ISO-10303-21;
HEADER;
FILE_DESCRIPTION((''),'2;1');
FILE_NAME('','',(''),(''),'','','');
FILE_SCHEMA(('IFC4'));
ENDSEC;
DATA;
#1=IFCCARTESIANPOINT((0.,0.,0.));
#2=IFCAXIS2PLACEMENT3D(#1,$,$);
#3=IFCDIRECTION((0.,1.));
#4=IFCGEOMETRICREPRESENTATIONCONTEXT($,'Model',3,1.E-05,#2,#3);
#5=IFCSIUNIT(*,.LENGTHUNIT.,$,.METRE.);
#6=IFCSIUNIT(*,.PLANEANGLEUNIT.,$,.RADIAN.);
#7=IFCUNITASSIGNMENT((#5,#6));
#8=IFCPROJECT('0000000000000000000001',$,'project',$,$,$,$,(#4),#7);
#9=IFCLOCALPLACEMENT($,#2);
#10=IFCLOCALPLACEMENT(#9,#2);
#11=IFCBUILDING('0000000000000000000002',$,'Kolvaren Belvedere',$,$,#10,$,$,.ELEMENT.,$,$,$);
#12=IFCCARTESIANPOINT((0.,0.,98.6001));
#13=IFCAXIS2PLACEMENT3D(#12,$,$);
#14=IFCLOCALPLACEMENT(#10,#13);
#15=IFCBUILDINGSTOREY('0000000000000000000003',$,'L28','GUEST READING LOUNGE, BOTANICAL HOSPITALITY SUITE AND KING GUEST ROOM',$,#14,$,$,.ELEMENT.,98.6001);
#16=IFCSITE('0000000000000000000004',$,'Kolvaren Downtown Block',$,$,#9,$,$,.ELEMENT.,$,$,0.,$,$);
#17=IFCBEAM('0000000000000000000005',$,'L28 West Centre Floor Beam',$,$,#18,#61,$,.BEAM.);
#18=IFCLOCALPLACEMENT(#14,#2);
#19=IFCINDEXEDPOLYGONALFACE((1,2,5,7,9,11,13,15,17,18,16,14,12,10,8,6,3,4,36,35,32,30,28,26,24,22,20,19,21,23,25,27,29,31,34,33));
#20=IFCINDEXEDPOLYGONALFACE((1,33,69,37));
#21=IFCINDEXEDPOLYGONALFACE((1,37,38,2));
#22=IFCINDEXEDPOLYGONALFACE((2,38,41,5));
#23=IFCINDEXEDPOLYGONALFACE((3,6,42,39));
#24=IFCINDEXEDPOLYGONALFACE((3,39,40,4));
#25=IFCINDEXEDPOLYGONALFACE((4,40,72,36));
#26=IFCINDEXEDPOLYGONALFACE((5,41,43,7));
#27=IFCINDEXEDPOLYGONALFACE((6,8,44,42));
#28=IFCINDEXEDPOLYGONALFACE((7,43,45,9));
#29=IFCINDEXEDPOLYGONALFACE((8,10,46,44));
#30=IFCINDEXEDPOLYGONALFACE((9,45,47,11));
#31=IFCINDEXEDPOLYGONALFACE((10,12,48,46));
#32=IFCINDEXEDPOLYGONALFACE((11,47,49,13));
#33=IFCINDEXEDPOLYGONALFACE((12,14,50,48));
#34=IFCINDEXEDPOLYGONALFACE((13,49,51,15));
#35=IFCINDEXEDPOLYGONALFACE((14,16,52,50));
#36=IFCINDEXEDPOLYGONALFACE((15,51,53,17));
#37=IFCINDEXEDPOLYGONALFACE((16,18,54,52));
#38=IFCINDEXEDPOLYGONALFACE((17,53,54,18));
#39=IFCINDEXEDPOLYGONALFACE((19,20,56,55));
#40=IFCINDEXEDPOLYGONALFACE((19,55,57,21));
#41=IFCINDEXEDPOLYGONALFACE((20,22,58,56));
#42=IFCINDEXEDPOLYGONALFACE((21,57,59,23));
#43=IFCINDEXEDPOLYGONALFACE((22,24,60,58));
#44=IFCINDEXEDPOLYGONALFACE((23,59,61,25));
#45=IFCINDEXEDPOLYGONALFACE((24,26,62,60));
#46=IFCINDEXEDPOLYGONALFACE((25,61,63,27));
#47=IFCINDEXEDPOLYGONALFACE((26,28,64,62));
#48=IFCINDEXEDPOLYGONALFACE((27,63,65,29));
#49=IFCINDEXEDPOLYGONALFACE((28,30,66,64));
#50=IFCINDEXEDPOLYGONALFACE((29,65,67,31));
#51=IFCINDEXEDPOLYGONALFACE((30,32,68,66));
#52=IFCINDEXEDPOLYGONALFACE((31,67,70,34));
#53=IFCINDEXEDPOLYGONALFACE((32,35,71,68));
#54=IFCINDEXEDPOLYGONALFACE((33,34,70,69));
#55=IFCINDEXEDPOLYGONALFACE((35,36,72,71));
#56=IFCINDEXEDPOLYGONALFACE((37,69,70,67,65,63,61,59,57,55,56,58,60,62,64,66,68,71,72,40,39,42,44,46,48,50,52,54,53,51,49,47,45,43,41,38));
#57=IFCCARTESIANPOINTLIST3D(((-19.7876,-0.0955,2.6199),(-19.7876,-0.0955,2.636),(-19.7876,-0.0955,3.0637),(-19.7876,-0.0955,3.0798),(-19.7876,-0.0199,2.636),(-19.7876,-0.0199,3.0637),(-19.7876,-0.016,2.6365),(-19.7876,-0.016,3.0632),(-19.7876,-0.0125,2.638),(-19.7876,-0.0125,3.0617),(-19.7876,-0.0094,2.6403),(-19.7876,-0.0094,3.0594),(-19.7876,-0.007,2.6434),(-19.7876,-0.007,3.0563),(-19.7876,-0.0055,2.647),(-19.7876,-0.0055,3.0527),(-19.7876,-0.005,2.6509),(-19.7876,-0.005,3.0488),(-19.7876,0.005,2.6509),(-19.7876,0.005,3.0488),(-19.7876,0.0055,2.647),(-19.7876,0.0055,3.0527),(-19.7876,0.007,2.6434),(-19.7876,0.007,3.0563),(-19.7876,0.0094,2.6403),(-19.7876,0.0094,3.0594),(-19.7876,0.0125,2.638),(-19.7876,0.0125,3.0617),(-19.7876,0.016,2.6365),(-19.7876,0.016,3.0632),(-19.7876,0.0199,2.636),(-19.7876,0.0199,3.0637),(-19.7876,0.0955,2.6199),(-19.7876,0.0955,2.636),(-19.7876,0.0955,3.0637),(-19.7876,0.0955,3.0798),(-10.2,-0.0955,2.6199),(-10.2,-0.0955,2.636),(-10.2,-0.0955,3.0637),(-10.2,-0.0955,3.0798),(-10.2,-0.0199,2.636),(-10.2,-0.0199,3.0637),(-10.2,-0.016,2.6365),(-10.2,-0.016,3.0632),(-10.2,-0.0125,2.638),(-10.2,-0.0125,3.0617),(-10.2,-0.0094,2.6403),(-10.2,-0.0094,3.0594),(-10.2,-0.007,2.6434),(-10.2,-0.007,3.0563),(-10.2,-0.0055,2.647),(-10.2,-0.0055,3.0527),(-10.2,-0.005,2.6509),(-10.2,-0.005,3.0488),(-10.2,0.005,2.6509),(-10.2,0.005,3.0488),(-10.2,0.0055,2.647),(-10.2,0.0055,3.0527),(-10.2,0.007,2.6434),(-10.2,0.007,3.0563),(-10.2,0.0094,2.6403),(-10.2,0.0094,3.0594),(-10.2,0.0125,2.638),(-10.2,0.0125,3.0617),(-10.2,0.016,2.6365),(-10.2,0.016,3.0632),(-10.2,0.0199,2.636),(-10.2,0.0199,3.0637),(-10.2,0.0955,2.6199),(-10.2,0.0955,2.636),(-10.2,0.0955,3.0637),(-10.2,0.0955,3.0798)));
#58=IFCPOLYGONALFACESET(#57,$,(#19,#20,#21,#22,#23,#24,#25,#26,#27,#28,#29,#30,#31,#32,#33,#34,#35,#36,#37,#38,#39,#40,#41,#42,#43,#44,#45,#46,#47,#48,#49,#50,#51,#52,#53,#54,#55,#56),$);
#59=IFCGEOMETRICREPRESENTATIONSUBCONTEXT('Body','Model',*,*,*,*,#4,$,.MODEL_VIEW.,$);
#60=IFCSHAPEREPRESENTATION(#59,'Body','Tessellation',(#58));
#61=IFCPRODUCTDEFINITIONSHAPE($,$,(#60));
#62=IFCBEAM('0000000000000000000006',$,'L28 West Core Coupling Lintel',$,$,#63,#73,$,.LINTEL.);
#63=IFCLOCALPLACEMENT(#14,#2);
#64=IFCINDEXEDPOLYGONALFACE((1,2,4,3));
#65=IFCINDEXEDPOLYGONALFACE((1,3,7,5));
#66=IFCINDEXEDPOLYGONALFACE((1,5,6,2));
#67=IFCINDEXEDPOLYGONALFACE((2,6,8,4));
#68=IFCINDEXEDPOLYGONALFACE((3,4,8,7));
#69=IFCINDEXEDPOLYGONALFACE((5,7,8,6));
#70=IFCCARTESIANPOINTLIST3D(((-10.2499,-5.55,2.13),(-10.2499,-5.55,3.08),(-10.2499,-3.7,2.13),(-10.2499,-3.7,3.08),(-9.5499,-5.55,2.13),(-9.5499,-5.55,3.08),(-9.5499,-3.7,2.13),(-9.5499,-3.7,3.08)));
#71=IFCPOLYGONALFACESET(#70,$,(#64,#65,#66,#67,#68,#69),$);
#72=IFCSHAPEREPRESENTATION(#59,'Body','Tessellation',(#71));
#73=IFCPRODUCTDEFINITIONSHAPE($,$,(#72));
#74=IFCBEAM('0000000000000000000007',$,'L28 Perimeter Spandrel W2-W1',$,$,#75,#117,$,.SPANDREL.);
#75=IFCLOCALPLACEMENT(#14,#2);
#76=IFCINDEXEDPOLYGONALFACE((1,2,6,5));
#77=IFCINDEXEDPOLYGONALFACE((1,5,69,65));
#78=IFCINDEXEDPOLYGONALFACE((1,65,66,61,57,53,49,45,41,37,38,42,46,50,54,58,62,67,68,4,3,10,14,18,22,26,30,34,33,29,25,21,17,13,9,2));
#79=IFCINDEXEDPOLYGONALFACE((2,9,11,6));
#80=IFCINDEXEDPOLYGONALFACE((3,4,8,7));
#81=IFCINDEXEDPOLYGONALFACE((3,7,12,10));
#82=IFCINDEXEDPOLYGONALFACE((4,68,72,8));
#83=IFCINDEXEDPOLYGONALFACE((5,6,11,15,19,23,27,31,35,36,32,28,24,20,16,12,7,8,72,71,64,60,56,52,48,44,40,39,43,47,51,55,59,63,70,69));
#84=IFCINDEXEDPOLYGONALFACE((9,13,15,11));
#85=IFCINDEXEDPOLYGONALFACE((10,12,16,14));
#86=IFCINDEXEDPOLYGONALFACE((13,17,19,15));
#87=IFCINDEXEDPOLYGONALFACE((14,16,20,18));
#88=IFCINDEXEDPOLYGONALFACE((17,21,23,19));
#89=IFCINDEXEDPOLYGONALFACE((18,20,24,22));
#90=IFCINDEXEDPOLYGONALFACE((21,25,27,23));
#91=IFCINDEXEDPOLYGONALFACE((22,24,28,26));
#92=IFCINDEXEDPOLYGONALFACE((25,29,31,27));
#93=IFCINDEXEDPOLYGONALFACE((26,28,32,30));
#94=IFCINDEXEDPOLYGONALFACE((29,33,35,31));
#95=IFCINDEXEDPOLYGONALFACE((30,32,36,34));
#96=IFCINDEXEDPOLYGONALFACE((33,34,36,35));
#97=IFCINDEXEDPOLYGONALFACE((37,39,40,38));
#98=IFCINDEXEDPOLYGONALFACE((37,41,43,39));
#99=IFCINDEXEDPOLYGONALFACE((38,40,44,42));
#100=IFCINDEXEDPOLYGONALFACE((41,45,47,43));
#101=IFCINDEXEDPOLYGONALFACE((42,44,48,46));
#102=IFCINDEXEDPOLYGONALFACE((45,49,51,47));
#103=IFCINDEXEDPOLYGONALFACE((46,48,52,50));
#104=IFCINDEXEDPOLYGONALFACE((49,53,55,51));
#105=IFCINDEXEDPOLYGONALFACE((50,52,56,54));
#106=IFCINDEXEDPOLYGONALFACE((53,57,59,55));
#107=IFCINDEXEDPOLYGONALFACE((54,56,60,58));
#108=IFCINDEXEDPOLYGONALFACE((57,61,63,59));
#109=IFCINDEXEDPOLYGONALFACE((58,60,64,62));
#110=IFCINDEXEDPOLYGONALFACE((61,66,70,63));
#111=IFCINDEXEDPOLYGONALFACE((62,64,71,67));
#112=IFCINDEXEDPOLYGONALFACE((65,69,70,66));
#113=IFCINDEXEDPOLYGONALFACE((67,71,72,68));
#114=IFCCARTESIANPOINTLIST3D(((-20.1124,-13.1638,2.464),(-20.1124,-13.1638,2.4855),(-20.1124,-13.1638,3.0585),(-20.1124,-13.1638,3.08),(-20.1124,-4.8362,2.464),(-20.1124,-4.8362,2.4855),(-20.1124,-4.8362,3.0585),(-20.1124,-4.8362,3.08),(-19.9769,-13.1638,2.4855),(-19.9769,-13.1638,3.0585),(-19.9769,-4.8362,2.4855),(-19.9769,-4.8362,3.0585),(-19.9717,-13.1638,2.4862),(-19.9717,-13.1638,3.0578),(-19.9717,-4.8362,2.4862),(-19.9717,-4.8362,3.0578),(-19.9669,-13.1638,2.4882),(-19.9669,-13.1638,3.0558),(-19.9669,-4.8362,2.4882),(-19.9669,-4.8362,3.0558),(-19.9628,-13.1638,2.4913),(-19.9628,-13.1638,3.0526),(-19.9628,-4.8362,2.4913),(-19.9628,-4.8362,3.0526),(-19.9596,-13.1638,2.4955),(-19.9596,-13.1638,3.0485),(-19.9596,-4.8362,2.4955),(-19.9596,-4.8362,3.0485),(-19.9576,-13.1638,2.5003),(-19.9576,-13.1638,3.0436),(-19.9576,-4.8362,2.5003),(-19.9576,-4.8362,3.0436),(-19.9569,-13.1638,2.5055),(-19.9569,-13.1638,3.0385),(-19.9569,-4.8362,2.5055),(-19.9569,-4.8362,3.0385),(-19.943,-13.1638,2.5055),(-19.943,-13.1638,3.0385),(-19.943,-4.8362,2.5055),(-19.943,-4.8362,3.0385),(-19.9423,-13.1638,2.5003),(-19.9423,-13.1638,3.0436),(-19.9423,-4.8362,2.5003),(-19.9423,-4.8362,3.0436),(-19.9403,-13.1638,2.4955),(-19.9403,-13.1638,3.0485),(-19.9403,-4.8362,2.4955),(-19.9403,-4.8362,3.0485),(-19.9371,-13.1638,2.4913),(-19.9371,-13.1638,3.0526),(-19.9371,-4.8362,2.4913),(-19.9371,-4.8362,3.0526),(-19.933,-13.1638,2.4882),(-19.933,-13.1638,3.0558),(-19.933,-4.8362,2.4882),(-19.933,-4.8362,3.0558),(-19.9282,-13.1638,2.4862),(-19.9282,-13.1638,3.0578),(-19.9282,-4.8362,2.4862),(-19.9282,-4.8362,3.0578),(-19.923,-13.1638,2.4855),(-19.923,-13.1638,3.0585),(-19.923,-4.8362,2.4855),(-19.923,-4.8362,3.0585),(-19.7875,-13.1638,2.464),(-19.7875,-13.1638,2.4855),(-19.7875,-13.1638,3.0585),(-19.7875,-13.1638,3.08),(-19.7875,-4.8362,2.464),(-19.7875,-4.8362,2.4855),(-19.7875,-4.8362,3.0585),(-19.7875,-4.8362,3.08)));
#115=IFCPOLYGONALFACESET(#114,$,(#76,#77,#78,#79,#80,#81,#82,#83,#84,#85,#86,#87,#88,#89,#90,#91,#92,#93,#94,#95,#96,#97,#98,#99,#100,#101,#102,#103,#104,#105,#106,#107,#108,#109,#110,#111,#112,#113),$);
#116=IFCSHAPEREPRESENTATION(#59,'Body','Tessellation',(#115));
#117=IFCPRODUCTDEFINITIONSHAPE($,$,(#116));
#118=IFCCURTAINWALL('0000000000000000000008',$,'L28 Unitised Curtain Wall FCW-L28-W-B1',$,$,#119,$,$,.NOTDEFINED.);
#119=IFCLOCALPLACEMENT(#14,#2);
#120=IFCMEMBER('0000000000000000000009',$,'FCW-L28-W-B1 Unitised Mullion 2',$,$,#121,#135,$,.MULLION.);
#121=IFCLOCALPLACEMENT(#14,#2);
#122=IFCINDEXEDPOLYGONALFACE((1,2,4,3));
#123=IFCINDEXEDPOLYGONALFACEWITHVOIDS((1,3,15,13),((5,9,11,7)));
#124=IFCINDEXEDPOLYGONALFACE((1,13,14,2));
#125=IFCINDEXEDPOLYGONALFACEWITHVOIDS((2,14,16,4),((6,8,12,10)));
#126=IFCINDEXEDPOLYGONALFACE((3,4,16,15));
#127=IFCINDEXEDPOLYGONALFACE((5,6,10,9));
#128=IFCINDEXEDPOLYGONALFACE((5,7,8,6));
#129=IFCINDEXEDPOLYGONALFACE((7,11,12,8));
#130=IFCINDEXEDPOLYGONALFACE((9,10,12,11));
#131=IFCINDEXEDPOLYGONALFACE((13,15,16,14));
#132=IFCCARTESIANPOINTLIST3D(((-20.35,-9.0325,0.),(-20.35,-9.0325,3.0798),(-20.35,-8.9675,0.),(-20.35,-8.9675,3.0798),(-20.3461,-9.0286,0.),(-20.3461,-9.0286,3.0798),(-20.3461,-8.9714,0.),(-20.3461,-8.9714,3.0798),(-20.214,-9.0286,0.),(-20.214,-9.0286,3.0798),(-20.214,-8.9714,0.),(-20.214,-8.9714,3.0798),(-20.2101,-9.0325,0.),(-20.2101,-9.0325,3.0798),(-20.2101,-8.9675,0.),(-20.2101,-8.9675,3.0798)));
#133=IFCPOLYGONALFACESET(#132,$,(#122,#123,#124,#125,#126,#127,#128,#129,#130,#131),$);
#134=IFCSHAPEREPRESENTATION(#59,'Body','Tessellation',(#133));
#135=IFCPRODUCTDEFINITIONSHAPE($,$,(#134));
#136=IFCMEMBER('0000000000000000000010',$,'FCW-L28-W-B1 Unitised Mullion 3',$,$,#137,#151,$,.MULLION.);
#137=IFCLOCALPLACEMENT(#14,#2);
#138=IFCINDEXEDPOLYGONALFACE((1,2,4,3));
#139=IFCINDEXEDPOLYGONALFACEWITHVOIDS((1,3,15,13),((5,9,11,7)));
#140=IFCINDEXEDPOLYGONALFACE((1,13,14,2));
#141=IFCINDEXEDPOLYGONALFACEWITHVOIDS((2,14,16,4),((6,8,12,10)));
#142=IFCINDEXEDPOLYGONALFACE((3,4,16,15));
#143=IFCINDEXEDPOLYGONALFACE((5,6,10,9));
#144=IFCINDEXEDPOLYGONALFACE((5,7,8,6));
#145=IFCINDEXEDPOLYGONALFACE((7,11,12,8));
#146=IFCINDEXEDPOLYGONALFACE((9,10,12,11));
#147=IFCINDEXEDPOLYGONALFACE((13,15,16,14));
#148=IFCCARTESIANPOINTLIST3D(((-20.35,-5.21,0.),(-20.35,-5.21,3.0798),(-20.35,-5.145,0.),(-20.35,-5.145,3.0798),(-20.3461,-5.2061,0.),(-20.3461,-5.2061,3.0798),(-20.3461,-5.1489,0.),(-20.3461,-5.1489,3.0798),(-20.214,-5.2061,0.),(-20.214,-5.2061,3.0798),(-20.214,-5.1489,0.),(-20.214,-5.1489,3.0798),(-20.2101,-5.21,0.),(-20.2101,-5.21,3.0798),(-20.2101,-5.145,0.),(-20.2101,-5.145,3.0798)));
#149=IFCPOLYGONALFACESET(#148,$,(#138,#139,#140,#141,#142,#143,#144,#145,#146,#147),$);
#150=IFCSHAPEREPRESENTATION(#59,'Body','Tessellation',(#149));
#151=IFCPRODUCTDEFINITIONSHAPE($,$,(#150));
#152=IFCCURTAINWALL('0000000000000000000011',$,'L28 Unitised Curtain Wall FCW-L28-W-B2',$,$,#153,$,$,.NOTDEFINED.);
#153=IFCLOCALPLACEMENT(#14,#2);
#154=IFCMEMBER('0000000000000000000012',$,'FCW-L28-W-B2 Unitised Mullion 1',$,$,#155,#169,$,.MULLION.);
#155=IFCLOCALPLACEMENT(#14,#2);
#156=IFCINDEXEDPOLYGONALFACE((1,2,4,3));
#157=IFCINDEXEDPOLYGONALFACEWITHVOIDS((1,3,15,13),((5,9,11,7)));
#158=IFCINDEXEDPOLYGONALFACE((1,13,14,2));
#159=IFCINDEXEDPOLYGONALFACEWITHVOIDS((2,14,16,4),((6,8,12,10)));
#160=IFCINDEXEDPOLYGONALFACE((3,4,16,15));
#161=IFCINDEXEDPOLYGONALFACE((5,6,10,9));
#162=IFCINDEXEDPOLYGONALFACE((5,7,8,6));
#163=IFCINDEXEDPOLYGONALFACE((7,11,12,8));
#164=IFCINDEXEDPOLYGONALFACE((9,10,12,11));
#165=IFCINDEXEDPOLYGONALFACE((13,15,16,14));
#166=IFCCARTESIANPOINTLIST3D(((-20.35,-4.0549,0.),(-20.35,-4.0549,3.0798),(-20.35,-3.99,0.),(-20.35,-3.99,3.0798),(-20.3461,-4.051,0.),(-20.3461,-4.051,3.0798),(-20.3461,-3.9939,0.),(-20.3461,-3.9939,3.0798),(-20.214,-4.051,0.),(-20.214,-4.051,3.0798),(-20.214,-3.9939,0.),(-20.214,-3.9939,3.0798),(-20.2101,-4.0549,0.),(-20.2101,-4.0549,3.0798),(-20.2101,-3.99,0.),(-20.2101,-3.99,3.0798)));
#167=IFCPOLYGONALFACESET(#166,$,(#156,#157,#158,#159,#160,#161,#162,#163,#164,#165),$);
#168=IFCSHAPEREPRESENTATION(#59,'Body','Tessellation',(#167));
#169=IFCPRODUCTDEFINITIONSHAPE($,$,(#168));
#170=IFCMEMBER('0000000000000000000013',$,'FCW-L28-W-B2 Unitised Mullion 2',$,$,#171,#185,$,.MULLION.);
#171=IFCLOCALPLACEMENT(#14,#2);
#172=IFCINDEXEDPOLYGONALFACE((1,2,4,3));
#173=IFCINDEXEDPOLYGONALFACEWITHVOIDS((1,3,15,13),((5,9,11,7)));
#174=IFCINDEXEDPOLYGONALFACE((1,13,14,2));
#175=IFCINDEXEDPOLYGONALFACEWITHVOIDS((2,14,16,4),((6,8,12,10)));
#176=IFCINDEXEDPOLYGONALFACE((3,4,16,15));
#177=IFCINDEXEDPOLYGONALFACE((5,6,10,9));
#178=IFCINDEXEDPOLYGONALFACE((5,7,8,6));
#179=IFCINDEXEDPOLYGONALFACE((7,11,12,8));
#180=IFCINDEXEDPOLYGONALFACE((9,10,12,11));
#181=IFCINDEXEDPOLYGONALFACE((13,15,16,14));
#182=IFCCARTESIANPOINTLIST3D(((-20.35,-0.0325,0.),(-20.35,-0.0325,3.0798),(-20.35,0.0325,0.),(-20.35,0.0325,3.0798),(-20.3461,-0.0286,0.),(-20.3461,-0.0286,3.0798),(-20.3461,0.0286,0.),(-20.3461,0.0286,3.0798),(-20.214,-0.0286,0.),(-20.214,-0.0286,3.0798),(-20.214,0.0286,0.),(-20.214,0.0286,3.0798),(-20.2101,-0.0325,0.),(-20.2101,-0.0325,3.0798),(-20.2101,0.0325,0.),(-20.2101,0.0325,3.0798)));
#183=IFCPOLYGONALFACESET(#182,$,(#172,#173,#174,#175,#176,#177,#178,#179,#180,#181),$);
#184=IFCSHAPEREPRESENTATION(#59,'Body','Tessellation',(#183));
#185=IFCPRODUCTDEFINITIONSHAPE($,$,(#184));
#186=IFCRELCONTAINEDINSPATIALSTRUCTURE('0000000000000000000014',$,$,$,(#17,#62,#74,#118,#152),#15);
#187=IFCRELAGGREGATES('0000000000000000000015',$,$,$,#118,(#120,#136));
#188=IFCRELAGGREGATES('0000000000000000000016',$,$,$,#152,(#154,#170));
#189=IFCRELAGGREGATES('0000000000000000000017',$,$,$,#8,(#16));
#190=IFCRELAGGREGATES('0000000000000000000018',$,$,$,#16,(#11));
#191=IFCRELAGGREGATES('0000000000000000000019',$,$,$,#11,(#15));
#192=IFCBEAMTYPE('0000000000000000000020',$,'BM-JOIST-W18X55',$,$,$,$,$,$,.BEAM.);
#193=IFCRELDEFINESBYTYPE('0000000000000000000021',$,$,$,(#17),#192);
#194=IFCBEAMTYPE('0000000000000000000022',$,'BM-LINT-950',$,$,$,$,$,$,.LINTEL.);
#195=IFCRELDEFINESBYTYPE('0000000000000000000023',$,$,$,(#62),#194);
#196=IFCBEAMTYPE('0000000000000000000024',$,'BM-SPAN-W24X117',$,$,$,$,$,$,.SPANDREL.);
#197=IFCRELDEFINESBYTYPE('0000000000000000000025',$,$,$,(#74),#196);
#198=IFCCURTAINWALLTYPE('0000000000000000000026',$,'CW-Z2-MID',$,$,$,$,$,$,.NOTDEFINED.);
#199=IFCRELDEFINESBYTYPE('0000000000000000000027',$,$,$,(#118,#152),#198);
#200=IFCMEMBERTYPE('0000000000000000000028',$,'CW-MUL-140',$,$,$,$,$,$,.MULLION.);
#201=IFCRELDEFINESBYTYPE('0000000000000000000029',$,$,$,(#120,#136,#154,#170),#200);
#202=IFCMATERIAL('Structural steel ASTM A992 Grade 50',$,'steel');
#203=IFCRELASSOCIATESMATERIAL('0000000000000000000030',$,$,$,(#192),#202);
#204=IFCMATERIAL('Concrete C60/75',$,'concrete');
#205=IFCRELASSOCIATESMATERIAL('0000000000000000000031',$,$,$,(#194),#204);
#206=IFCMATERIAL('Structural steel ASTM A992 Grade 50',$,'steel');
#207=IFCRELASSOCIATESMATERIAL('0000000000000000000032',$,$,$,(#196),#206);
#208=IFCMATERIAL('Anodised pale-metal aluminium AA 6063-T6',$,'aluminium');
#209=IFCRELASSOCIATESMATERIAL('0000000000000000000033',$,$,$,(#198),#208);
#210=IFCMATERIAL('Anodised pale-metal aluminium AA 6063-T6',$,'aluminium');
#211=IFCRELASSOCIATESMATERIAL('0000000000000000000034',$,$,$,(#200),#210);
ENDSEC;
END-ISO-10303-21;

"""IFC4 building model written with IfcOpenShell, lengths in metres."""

from ifc_helpers import new_model, si_unit, direction, frame, origin, origin_2d, place, context, subcontext, project, spatial, rectangle, hollow_rectangle, i_section, extrude, material, material_profile, profile_set, type_object, element, aggregate, save


model = new_model("IFC4")

# Units and contexts
model_context = context("Model", 3, precision=1e-05, world=origin(), true_north=direction((0.0, 1.0)))
body_context = subcontext(model_context, "Body", "Model", "MODEL_VIEW")
ifc_project = project(units=[si_unit("LENGTHUNIT", "METRE"), si_unit("PLANEANGLEUNIT", "RADIAN")], contexts=[model_context])

# Site, building, storey
site_placement = place(None, origin())
site = spatial("IfcSite", under=ifc_project, at=site_placement, Name="Kolvaren Downtown Block", CompositionType="ELEMENT", RefElevation=0.0)
building_placement = place(site_placement, origin())
building = spatial("IfcBuilding", under=site, at=building_placement, Name="Kolvaren Belvedere", CompositionType="ELEMENT")
storey_placement = place(building_placement, frame((0.0, 0.0, 98.6001)))
storey = spatial("IfcBuildingStorey", under=building, at=storey_placement, Name="L28", Description="GUEST READING LOUNGE, BOTANICAL HOSPITALITY SUITE AND KING GUEST ROOM", CompositionType="ELEMENT", Elevation=98.6001)

# Beams
ifc_material_1 = material(Name="Structural steel ASTM A992 Grade 50", Category="steel")
ifc_material_profile_1 = material_profile(ifc_material_1, i_section(OverallWidth=0.1909, OverallDepth=0.46, WebThickness=0.01, FlangeThickness=0.0161, FilletRadius=0.0149, at=origin_2d()), Name="W18X55")
ifc_profile_set_1 = profile_set([ifc_material_profile_1], Name="Structural steel ASTM A992 Grade 50")
beam_type_1 = type_object("IfcBeamType", Name="BM-JOIST-W18X55", PredefinedType="BEAM", material=ifc_profile_set_1)
beam_1_placement = place(storey_placement, frame((-10.2, 0.0, 2.8499), z_axis=(-1.0, 0.0, 0.0), x_axis=(0.0, -1.0, 0.0)))
element("IfcBeam", 1, at=beam_1_placement, inside=storey, type_object=beam_type_1, Name="L28 West Centre Floor Beam", PredefinedType="BEAM", context=body_context, shape_type="SweptSolid", body=[
    extrude(i_section(OverallWidth=0.1909, OverallDepth=0.46, WebThickness=0.01, FlangeThickness=0.0161, FilletRadius=0.0149, at=origin_2d()), origin(), (0.0, 0.0, 1.0), 9.5876),
])
ifc_material_2 = material(Name="Concrete C60/75", Category="concrete")
ifc_material_profile_2 = material_profile(ifc_material_2, rectangle(XDim=0.7, YDim=0.95, at=origin_2d()), Name="RC 700X950")
ifc_profile_set_2 = profile_set([ifc_material_profile_2], Name="Concrete C60/75")
beam_type_2 = type_object("IfcBeamType", Name="BM-LINT-950", PredefinedType="LINTEL", material=ifc_profile_set_2)
beam_2_placement = place(storey_placement, frame((-9.8999, -5.55, 2.605), z_axis=(0.0, 1.0, 0.0), x_axis=(-1.0, 0.0, 0.0)))
element("IfcBeam", 2, at=beam_2_placement, inside=storey, type_object=beam_type_2, Name="L28 West Core Coupling Lintel", PredefinedType="LINTEL", context=body_context, shape_type="SweptSolid", body=[
    extrude(rectangle(XDim=0.7, YDim=0.95, at=origin_2d()), origin(), (0.0, 0.0, 1.0), 1.8501),
])
ifc_material_3 = material(Name="Structural steel ASTM A992 Grade 50", Category="steel")
ifc_material_profile_3 = material_profile(ifc_material_3, i_section(OverallWidth=0.325, OverallDepth=0.616, WebThickness=0.0139, FlangeThickness=0.0215, FilletRadius=0.02, at=origin_2d()), Name="W24X117")
ifc_profile_set_3 = profile_set([ifc_material_profile_3], Name="Structural steel ASTM A992 Grade 50")
beam_type_3 = type_object("IfcBeamType", Name="BM-SPAN-W24X117", PredefinedType="SPANDREL", material=ifc_profile_set_3)
beam_3_placement = place(storey_placement, frame((-19.95, -4.8362, 2.772), z_axis=(0.0, -1.0, 0.0), x_axis=(1.0, 0.0, 0.0)))
element("IfcBeam", 3, at=beam_3_placement, inside=storey, type_object=beam_type_3, Name="L28 Perimeter Spandrel W2-W1", PredefinedType="SPANDREL", context=body_context, shape_type="SweptSolid", body=[
    extrude(i_section(OverallWidth=0.325, OverallDepth=0.616, WebThickness=0.0139, FlangeThickness=0.0215, FilletRadius=0.02, at=origin_2d()), origin(), (0.0, 0.0, 1.0), 8.3276),
])

# Curtain walls, members
ifc_material_4 = material(Name="Anodised pale-metal aluminium AA 6063-T6", Category="aluminium")
curtain_wall_type = type_object("IfcCurtainWallType", Name="CW-Z2-MID", PredefinedType="NOTDEFINED", material=ifc_material_4)
curtain_wall_1_placement = place(storey_placement, origin())
curtain_wall_1 = element("IfcCurtainWall", 4, at=curtain_wall_1_placement, inside=storey, type_object=curtain_wall_type, Name="L28 Unitised Curtain Wall FCW-L28-W-B1", PredefinedType="NOTDEFINED")
ifc_material_5 = material(Name="Anodised pale-metal aluminium AA 6063-T6", Category="aluminium")
ifc_material_profile_4 = material_profile(ifc_material_5, hollow_rectangle(XDim=0.0649, YDim=0.1399, WallThickness=0.0039, at=origin_2d()), Name="ALU-MUL-140X65")
ifc_profile_set_4 = profile_set([ifc_material_profile_4], Name="Anodised pale-metal aluminium AA 6063-T6")
member_type_1 = type_object("IfcMemberType", Name="CW-MUL-140", PredefinedType="MULLION", material=ifc_profile_set_4)
member_1_placement = place(storey_placement, frame((-20.28, -9.0, 0.0), z_axis=(0.0, 0.0, 1.0), x_axis=(0.0, 1.0, 0.0)))
member_1 = element("IfcMember", 5, at=member_1_placement, type_object=member_type_1, Name="FCW-L28-W-B1 Unitised Mullion 2", PredefinedType="MULLION", context=body_context, shape_type="SweptSolid", body=[
    extrude(hollow_rectangle(XDim=0.0649, YDim=0.1399, WallThickness=0.0039, at=origin_2d()), origin(), (0.0, 0.0, 1.0), 3.0798),
])
member_2_placement = place(storey_placement, frame((-20.28, -5.1775, 0.0), z_axis=(0.0, 0.0, 1.0), x_axis=(0.0, 1.0, 0.0)))
member_2 = element("IfcMember", 6, at=member_2_placement, type_object=member_type_1, Name="FCW-L28-W-B1 Unitised Mullion 3", PredefinedType="MULLION", context=body_context, shape_type="SweptSolid", body=[
    extrude(hollow_rectangle(XDim=0.0649, YDim=0.1399, WallThickness=0.0039, at=origin_2d()), origin(), (0.0, 0.0, 1.0), 3.0798),
])
curtain_wall_2_placement = place(storey_placement, origin())
curtain_wall_2 = element("IfcCurtainWall", 7, at=curtain_wall_2_placement, inside=storey, type_object=curtain_wall_type, Name="L28 Unitised Curtain Wall FCW-L28-W-B2", PredefinedType="NOTDEFINED")
member_3_placement = place(storey_placement, frame((-20.28, -4.0225, 0.0), z_axis=(0.0, 0.0, 1.0), x_axis=(0.0, 1.0, 0.0)))
member_3 = element("IfcMember", 8, at=member_3_placement, type_object=member_type_1, Name="FCW-L28-W-B2 Unitised Mullion 1", PredefinedType="MULLION", context=body_context, shape_type="SweptSolid", body=[
    extrude(hollow_rectangle(XDim=0.0649, YDim=0.1399, WallThickness=0.0039, at=origin_2d()), origin(), (0.0, 0.0, 1.0), 3.0798),
])
member_4_placement = place(storey_placement, frame((-20.28, 0.0, 0.0), z_axis=(0.0, 0.0, 1.0), x_axis=(0.0, 1.0, 0.0)))
member_4 = element("IfcMember", 9, at=member_4_placement, type_object=member_type_1, Name="FCW-L28-W-B2 Unitised Mullion 2", PredefinedType="MULLION", context=body_context, shape_type="SweptSolid", body=[
    extrude(hollow_rectangle(XDim=0.0649, YDim=0.1399, WallThickness=0.0039, at=origin_2d()), origin(), (0.0, 0.0, 1.0), 3.0798),
])

aggregate(curtain_wall_1, [member_1, member_2])
aggregate(curtain_wall_2, [member_3, member_4])

save(model, "model.ifc")
